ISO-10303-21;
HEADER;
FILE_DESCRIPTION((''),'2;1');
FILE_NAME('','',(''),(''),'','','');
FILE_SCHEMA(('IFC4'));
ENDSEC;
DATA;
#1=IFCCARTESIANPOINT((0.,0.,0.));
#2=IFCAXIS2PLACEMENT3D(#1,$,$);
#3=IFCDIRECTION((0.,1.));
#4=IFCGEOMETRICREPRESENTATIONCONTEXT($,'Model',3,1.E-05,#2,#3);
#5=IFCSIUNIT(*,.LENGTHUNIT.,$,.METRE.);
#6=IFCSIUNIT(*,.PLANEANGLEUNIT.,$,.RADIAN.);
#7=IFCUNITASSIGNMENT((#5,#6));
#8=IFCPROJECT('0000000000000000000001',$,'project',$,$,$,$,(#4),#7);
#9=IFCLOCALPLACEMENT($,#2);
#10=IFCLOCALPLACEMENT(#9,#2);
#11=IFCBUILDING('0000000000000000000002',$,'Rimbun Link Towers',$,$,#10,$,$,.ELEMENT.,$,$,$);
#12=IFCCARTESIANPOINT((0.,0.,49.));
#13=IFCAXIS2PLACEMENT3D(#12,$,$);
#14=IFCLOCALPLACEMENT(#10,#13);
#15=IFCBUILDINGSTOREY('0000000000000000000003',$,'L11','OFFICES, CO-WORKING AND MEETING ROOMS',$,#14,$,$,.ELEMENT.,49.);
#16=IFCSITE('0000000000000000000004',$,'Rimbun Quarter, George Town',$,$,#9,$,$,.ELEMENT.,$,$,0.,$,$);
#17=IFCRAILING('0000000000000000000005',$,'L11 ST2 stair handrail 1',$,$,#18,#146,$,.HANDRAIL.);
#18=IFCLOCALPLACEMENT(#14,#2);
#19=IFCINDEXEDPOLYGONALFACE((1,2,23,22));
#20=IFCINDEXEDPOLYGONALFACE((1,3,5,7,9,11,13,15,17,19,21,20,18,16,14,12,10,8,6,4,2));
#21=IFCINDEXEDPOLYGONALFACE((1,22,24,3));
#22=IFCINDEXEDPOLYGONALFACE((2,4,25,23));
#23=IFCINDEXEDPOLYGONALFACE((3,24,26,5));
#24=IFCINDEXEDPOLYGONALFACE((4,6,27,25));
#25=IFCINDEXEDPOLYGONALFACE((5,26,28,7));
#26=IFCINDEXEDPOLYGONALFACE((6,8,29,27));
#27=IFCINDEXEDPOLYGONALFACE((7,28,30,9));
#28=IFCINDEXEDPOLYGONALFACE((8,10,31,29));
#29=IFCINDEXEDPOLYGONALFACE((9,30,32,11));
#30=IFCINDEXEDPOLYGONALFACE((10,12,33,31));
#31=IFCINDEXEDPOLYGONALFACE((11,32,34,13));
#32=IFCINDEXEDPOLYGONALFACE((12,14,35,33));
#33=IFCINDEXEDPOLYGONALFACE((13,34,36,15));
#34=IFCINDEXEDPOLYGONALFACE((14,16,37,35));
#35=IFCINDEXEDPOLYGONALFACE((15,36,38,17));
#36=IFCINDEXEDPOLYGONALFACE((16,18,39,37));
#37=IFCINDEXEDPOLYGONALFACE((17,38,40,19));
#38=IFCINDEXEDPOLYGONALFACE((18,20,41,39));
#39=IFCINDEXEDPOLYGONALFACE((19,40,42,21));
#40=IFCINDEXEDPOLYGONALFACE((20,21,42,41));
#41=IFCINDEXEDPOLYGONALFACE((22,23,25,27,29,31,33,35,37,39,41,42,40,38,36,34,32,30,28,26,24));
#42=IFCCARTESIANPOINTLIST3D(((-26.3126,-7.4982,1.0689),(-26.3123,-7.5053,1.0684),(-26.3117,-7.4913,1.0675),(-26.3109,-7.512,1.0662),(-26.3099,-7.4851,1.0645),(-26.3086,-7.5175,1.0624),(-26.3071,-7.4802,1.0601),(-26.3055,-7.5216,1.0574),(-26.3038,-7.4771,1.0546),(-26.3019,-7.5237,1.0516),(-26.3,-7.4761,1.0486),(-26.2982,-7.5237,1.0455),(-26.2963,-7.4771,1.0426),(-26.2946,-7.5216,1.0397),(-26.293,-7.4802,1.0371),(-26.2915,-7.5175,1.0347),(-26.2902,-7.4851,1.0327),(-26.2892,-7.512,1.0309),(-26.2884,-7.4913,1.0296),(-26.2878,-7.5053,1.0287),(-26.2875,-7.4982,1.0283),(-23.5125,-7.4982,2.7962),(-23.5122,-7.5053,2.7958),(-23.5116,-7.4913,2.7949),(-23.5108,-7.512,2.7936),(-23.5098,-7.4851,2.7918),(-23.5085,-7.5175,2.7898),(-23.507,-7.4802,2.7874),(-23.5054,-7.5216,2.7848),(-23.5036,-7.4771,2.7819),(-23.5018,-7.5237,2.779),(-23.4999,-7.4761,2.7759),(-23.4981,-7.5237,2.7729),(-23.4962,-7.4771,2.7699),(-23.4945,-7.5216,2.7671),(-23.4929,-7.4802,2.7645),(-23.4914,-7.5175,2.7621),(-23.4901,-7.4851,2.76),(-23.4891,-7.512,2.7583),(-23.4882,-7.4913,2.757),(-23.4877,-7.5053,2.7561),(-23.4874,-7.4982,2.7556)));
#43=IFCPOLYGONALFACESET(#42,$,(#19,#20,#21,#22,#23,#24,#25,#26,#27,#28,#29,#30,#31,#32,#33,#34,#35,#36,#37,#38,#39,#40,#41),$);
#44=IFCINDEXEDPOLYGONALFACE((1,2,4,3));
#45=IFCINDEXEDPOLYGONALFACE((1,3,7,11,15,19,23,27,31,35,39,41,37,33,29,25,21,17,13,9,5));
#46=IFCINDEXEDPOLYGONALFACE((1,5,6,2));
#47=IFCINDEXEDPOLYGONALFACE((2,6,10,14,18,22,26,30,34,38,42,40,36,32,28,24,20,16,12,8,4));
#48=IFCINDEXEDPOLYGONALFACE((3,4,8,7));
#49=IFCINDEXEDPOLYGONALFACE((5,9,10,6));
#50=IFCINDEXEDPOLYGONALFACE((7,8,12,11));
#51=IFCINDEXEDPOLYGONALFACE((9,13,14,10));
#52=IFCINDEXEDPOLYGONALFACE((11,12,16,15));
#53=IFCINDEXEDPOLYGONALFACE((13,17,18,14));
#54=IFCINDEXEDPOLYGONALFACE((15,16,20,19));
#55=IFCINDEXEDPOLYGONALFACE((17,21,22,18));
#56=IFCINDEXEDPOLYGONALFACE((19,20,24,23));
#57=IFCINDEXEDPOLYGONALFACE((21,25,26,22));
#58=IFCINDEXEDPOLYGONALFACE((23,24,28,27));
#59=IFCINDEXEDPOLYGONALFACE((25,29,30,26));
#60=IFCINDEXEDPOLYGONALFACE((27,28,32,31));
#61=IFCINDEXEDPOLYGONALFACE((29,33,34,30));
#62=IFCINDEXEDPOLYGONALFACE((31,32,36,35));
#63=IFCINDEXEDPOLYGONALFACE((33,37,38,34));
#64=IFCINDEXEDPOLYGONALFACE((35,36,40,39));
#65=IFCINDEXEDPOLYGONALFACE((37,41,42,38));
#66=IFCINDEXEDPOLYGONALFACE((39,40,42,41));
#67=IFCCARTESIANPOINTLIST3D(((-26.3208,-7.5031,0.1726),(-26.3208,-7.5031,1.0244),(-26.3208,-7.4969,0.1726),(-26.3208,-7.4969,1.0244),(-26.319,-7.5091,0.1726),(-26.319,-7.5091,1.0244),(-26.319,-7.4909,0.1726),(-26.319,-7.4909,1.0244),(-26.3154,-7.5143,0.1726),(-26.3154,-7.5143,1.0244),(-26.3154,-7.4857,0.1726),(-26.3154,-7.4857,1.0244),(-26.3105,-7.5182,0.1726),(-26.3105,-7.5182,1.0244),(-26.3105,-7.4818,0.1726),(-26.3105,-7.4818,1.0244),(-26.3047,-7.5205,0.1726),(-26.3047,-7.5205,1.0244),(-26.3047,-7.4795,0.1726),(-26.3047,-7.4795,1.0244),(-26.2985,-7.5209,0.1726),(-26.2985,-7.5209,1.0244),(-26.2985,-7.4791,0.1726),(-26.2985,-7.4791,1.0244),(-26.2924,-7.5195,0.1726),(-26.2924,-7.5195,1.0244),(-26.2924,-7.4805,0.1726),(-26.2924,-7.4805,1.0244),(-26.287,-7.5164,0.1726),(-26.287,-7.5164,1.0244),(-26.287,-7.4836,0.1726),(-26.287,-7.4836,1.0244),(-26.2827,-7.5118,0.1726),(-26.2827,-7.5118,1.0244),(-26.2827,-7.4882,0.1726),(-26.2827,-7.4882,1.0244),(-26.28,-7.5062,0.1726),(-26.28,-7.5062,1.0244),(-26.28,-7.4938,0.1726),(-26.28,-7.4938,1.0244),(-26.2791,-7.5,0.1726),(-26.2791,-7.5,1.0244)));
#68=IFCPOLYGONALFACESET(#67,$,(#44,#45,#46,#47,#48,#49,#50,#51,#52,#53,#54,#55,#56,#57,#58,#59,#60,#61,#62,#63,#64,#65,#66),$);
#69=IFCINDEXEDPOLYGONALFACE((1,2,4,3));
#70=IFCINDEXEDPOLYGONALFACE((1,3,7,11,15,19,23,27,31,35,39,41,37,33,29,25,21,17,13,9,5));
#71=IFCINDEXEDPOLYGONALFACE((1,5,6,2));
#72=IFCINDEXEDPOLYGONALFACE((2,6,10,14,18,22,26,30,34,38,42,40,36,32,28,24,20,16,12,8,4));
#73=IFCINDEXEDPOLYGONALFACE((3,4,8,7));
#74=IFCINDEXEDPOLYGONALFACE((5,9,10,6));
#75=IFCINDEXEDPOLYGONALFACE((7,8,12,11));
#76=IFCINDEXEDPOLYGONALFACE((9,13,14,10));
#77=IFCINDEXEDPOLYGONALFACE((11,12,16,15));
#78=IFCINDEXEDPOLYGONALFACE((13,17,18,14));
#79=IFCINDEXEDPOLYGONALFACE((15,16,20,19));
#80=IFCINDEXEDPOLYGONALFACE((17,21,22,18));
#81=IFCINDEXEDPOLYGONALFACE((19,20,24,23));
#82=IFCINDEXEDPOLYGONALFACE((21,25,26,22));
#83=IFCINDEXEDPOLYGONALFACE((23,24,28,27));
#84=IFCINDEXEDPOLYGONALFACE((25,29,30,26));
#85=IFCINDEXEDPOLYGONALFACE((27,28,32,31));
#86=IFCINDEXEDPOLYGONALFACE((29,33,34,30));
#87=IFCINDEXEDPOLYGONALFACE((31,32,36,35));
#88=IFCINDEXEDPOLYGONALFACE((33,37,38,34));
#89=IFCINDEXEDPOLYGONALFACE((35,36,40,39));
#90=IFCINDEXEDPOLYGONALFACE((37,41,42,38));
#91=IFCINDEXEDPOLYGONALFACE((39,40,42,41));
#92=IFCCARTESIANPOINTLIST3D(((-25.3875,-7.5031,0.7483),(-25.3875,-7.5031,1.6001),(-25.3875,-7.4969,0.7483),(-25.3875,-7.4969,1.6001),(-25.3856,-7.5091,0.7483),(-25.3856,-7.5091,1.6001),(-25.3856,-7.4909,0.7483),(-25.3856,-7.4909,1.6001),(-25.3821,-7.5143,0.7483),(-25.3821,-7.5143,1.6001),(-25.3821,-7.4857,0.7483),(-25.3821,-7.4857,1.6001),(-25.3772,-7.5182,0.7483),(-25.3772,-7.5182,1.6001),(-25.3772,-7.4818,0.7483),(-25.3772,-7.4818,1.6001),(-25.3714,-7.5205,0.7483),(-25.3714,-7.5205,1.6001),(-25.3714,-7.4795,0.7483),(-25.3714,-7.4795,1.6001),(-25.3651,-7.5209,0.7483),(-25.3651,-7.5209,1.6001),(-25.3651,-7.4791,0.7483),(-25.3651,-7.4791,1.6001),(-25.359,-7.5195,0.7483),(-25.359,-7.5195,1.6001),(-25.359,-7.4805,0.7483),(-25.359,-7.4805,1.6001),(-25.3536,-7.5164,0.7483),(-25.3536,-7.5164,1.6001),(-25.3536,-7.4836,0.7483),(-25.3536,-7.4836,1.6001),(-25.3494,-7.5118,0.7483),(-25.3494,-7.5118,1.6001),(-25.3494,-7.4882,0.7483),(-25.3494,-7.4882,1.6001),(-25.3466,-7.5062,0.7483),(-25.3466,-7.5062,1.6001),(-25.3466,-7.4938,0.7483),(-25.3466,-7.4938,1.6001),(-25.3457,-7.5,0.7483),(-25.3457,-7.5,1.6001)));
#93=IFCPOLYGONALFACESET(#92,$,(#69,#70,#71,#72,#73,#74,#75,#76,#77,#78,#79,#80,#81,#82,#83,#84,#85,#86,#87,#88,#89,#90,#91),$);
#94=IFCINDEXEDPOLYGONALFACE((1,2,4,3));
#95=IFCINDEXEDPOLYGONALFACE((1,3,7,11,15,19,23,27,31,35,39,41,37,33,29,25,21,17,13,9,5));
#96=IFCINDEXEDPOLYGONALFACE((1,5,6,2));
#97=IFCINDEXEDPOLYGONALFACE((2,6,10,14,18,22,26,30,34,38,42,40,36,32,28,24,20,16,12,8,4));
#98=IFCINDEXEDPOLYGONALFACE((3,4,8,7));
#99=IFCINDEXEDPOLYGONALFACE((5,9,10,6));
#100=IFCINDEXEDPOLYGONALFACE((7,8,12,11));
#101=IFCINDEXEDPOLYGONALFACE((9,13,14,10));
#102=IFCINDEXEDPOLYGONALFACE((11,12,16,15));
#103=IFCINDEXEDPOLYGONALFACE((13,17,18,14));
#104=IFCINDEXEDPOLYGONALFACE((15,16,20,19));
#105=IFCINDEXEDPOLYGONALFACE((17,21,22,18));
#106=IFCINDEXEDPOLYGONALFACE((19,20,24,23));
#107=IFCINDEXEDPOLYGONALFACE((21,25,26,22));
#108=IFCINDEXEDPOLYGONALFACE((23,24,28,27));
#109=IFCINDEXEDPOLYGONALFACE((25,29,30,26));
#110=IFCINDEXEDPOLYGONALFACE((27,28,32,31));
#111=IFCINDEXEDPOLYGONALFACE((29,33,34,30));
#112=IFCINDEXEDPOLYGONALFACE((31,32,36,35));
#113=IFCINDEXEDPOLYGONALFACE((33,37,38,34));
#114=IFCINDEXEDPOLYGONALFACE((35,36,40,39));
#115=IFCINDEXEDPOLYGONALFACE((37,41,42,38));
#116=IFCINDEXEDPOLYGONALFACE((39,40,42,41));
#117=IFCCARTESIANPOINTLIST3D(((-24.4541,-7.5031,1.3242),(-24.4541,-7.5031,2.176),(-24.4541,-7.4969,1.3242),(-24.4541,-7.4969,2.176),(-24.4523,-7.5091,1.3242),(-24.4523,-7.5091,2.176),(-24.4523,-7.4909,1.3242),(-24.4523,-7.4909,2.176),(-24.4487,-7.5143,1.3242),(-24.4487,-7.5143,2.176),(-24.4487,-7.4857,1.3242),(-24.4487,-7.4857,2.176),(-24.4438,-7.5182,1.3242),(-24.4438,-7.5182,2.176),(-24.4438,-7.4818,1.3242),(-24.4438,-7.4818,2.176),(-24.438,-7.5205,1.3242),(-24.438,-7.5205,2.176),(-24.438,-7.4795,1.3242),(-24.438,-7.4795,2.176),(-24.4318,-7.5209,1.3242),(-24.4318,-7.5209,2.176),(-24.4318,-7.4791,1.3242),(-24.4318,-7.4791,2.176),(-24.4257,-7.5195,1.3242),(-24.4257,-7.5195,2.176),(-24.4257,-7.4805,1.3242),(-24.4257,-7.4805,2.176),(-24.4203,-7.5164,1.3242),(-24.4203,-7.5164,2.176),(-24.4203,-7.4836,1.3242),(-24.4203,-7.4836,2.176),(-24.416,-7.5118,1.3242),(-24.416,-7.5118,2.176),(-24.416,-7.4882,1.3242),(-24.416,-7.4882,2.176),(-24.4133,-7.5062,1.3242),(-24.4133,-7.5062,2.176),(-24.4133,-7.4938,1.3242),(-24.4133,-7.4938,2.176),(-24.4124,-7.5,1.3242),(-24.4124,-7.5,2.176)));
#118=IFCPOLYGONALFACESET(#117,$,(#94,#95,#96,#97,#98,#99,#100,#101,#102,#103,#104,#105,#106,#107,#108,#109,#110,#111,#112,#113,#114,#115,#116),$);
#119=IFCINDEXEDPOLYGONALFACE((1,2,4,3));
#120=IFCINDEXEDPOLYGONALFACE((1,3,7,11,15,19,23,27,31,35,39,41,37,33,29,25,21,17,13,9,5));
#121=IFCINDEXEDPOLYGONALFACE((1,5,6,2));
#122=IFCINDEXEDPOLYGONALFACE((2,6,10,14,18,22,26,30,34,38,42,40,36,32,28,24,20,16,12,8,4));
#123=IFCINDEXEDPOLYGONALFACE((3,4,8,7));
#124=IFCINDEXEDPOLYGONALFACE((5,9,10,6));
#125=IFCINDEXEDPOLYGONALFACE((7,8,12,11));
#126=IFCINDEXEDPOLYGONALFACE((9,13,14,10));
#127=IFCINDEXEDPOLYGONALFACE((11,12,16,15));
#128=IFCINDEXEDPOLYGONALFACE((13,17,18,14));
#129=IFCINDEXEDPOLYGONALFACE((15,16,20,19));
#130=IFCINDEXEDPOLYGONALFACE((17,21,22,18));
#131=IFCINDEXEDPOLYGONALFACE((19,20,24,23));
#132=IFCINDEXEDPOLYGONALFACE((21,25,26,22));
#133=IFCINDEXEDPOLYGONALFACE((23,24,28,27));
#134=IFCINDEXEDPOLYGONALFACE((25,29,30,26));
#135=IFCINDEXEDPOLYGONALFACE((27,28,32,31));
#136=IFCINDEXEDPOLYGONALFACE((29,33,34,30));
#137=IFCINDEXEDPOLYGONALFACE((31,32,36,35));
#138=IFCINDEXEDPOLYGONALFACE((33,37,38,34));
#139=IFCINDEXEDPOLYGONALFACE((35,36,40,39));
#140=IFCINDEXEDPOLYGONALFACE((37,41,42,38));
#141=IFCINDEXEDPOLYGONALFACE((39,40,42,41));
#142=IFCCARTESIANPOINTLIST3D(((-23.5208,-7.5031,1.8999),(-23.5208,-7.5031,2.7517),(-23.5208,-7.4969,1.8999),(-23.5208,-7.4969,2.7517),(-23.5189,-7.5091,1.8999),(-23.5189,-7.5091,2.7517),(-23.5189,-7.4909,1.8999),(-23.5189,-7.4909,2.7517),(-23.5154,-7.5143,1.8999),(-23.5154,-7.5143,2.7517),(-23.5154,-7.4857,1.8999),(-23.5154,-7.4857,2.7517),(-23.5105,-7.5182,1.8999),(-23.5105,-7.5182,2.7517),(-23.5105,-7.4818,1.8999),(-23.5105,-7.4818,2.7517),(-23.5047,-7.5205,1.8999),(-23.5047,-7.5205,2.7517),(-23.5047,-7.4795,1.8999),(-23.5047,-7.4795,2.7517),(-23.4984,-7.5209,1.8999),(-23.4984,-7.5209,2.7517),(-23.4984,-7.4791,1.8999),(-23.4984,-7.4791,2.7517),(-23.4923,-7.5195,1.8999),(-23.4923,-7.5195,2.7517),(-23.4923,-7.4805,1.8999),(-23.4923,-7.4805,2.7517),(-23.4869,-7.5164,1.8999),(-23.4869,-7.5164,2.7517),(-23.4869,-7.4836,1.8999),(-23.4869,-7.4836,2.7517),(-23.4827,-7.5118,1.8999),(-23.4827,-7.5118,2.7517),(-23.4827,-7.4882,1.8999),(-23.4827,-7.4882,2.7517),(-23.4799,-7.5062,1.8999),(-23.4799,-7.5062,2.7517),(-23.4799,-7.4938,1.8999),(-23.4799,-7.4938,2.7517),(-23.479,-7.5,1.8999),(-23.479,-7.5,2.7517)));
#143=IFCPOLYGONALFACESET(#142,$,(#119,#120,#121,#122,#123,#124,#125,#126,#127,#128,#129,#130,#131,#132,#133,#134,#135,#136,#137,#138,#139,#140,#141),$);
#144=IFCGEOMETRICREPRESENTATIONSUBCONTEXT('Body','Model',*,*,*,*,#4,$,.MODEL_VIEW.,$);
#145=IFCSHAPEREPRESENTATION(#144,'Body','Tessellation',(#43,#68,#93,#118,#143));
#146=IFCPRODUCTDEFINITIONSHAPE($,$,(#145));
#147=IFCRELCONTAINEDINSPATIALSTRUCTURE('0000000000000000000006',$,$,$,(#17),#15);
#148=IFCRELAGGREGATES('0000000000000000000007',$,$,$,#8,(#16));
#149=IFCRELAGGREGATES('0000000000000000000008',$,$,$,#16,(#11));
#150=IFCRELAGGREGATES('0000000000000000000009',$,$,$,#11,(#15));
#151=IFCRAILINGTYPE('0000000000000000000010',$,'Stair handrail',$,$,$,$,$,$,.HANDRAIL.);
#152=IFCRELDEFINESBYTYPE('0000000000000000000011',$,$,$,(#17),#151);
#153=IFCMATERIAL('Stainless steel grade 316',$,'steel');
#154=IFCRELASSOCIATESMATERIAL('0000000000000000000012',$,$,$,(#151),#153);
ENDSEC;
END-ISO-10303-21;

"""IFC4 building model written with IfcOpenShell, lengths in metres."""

from ifc_helpers import new_model, si_unit, direction, frame, origin, origin_2d, place, context, subcontext, project, spatial, circle, extrude, material, type_object, element, save


model = new_model("IFC4")

# Units and contexts
model_context = context("Model", 3, precision=1e-05, world=origin(), true_north=direction((0.0, 1.0)))
body_context = subcontext(model_context, "Body", "Model", "MODEL_VIEW")
ifc_project = project(units=[si_unit("LENGTHUNIT", "METRE"), si_unit("PLANEANGLEUNIT", "RADIAN")], contexts=[model_context])

# Site, building, storey
site_placement = place(None, origin())
site = spatial("IfcSite", under=ifc_project, at=site_placement, Name="Rimbun Quarter, George Town", CompositionType="ELEMENT", RefElevation=0.0)
building_placement = place(site_placement, origin())
building = spatial("IfcBuilding", under=site, at=building_placement, Name="Rimbun Link Towers", CompositionType="ELEMENT")
storey_placement = place(building_placement, frame((0.0, 0.0, 49.0)))
storey = spatial("IfcBuildingStorey", under=building, at=storey_placement, Name="L11", Description="OFFICES, CO-WORKING AND MEETING ROOMS", CompositionType="ELEMENT", Elevation=49.0)

# Railing
ifc_material_1 = material(Name="Stainless steel grade 316", Category="steel")
railing_type_1 = type_object("IfcRailingType", Name="Stair handrail", PredefinedType="HANDRAIL", material=ifc_material_1)
railing_1_placement = place(storey_placement, frame((-26.3, -7.5, 0.1726)))
element("IfcRailing", 1, at=railing_1_placement, inside=storey, type_object=railing_type_1, Name="L11 ST2 stair handrail 1", PredefinedType="HANDRAIL", context=body_context, shape_type="SweptSolid", body=[
    extrude(circle(Radius=0.0239, at=origin_2d()), frame((0.0, 0.0, 0.876), z_axis=(0.85109, 0.0, 0.52502), x_axis=(0.0, 1.0, 0.0)), (0.0, 0.0, 1.0), 3.29),
    extrude(circle(Radius=0.021, at=origin_2d()), origin(), (0.0, 0.0, 1.0), 0.8518),
    extrude(circle(Radius=0.021, at=origin_2d()), frame((0.9333, 0.0, 0.5757)), (0.0, 0.0, 1.0), 0.8518),
    extrude(circle(Radius=0.021, at=origin_2d()), frame((1.8667, 0.0, 1.1516)), (0.0, 0.0, 1.0), 0.8518),
    extrude(circle(Radius=0.021, at=origin_2d()), frame((2.8, 0.0, 1.7273)), (0.0, 0.0, 1.0), 0.8518),
])

save(model, "model.ifc")
